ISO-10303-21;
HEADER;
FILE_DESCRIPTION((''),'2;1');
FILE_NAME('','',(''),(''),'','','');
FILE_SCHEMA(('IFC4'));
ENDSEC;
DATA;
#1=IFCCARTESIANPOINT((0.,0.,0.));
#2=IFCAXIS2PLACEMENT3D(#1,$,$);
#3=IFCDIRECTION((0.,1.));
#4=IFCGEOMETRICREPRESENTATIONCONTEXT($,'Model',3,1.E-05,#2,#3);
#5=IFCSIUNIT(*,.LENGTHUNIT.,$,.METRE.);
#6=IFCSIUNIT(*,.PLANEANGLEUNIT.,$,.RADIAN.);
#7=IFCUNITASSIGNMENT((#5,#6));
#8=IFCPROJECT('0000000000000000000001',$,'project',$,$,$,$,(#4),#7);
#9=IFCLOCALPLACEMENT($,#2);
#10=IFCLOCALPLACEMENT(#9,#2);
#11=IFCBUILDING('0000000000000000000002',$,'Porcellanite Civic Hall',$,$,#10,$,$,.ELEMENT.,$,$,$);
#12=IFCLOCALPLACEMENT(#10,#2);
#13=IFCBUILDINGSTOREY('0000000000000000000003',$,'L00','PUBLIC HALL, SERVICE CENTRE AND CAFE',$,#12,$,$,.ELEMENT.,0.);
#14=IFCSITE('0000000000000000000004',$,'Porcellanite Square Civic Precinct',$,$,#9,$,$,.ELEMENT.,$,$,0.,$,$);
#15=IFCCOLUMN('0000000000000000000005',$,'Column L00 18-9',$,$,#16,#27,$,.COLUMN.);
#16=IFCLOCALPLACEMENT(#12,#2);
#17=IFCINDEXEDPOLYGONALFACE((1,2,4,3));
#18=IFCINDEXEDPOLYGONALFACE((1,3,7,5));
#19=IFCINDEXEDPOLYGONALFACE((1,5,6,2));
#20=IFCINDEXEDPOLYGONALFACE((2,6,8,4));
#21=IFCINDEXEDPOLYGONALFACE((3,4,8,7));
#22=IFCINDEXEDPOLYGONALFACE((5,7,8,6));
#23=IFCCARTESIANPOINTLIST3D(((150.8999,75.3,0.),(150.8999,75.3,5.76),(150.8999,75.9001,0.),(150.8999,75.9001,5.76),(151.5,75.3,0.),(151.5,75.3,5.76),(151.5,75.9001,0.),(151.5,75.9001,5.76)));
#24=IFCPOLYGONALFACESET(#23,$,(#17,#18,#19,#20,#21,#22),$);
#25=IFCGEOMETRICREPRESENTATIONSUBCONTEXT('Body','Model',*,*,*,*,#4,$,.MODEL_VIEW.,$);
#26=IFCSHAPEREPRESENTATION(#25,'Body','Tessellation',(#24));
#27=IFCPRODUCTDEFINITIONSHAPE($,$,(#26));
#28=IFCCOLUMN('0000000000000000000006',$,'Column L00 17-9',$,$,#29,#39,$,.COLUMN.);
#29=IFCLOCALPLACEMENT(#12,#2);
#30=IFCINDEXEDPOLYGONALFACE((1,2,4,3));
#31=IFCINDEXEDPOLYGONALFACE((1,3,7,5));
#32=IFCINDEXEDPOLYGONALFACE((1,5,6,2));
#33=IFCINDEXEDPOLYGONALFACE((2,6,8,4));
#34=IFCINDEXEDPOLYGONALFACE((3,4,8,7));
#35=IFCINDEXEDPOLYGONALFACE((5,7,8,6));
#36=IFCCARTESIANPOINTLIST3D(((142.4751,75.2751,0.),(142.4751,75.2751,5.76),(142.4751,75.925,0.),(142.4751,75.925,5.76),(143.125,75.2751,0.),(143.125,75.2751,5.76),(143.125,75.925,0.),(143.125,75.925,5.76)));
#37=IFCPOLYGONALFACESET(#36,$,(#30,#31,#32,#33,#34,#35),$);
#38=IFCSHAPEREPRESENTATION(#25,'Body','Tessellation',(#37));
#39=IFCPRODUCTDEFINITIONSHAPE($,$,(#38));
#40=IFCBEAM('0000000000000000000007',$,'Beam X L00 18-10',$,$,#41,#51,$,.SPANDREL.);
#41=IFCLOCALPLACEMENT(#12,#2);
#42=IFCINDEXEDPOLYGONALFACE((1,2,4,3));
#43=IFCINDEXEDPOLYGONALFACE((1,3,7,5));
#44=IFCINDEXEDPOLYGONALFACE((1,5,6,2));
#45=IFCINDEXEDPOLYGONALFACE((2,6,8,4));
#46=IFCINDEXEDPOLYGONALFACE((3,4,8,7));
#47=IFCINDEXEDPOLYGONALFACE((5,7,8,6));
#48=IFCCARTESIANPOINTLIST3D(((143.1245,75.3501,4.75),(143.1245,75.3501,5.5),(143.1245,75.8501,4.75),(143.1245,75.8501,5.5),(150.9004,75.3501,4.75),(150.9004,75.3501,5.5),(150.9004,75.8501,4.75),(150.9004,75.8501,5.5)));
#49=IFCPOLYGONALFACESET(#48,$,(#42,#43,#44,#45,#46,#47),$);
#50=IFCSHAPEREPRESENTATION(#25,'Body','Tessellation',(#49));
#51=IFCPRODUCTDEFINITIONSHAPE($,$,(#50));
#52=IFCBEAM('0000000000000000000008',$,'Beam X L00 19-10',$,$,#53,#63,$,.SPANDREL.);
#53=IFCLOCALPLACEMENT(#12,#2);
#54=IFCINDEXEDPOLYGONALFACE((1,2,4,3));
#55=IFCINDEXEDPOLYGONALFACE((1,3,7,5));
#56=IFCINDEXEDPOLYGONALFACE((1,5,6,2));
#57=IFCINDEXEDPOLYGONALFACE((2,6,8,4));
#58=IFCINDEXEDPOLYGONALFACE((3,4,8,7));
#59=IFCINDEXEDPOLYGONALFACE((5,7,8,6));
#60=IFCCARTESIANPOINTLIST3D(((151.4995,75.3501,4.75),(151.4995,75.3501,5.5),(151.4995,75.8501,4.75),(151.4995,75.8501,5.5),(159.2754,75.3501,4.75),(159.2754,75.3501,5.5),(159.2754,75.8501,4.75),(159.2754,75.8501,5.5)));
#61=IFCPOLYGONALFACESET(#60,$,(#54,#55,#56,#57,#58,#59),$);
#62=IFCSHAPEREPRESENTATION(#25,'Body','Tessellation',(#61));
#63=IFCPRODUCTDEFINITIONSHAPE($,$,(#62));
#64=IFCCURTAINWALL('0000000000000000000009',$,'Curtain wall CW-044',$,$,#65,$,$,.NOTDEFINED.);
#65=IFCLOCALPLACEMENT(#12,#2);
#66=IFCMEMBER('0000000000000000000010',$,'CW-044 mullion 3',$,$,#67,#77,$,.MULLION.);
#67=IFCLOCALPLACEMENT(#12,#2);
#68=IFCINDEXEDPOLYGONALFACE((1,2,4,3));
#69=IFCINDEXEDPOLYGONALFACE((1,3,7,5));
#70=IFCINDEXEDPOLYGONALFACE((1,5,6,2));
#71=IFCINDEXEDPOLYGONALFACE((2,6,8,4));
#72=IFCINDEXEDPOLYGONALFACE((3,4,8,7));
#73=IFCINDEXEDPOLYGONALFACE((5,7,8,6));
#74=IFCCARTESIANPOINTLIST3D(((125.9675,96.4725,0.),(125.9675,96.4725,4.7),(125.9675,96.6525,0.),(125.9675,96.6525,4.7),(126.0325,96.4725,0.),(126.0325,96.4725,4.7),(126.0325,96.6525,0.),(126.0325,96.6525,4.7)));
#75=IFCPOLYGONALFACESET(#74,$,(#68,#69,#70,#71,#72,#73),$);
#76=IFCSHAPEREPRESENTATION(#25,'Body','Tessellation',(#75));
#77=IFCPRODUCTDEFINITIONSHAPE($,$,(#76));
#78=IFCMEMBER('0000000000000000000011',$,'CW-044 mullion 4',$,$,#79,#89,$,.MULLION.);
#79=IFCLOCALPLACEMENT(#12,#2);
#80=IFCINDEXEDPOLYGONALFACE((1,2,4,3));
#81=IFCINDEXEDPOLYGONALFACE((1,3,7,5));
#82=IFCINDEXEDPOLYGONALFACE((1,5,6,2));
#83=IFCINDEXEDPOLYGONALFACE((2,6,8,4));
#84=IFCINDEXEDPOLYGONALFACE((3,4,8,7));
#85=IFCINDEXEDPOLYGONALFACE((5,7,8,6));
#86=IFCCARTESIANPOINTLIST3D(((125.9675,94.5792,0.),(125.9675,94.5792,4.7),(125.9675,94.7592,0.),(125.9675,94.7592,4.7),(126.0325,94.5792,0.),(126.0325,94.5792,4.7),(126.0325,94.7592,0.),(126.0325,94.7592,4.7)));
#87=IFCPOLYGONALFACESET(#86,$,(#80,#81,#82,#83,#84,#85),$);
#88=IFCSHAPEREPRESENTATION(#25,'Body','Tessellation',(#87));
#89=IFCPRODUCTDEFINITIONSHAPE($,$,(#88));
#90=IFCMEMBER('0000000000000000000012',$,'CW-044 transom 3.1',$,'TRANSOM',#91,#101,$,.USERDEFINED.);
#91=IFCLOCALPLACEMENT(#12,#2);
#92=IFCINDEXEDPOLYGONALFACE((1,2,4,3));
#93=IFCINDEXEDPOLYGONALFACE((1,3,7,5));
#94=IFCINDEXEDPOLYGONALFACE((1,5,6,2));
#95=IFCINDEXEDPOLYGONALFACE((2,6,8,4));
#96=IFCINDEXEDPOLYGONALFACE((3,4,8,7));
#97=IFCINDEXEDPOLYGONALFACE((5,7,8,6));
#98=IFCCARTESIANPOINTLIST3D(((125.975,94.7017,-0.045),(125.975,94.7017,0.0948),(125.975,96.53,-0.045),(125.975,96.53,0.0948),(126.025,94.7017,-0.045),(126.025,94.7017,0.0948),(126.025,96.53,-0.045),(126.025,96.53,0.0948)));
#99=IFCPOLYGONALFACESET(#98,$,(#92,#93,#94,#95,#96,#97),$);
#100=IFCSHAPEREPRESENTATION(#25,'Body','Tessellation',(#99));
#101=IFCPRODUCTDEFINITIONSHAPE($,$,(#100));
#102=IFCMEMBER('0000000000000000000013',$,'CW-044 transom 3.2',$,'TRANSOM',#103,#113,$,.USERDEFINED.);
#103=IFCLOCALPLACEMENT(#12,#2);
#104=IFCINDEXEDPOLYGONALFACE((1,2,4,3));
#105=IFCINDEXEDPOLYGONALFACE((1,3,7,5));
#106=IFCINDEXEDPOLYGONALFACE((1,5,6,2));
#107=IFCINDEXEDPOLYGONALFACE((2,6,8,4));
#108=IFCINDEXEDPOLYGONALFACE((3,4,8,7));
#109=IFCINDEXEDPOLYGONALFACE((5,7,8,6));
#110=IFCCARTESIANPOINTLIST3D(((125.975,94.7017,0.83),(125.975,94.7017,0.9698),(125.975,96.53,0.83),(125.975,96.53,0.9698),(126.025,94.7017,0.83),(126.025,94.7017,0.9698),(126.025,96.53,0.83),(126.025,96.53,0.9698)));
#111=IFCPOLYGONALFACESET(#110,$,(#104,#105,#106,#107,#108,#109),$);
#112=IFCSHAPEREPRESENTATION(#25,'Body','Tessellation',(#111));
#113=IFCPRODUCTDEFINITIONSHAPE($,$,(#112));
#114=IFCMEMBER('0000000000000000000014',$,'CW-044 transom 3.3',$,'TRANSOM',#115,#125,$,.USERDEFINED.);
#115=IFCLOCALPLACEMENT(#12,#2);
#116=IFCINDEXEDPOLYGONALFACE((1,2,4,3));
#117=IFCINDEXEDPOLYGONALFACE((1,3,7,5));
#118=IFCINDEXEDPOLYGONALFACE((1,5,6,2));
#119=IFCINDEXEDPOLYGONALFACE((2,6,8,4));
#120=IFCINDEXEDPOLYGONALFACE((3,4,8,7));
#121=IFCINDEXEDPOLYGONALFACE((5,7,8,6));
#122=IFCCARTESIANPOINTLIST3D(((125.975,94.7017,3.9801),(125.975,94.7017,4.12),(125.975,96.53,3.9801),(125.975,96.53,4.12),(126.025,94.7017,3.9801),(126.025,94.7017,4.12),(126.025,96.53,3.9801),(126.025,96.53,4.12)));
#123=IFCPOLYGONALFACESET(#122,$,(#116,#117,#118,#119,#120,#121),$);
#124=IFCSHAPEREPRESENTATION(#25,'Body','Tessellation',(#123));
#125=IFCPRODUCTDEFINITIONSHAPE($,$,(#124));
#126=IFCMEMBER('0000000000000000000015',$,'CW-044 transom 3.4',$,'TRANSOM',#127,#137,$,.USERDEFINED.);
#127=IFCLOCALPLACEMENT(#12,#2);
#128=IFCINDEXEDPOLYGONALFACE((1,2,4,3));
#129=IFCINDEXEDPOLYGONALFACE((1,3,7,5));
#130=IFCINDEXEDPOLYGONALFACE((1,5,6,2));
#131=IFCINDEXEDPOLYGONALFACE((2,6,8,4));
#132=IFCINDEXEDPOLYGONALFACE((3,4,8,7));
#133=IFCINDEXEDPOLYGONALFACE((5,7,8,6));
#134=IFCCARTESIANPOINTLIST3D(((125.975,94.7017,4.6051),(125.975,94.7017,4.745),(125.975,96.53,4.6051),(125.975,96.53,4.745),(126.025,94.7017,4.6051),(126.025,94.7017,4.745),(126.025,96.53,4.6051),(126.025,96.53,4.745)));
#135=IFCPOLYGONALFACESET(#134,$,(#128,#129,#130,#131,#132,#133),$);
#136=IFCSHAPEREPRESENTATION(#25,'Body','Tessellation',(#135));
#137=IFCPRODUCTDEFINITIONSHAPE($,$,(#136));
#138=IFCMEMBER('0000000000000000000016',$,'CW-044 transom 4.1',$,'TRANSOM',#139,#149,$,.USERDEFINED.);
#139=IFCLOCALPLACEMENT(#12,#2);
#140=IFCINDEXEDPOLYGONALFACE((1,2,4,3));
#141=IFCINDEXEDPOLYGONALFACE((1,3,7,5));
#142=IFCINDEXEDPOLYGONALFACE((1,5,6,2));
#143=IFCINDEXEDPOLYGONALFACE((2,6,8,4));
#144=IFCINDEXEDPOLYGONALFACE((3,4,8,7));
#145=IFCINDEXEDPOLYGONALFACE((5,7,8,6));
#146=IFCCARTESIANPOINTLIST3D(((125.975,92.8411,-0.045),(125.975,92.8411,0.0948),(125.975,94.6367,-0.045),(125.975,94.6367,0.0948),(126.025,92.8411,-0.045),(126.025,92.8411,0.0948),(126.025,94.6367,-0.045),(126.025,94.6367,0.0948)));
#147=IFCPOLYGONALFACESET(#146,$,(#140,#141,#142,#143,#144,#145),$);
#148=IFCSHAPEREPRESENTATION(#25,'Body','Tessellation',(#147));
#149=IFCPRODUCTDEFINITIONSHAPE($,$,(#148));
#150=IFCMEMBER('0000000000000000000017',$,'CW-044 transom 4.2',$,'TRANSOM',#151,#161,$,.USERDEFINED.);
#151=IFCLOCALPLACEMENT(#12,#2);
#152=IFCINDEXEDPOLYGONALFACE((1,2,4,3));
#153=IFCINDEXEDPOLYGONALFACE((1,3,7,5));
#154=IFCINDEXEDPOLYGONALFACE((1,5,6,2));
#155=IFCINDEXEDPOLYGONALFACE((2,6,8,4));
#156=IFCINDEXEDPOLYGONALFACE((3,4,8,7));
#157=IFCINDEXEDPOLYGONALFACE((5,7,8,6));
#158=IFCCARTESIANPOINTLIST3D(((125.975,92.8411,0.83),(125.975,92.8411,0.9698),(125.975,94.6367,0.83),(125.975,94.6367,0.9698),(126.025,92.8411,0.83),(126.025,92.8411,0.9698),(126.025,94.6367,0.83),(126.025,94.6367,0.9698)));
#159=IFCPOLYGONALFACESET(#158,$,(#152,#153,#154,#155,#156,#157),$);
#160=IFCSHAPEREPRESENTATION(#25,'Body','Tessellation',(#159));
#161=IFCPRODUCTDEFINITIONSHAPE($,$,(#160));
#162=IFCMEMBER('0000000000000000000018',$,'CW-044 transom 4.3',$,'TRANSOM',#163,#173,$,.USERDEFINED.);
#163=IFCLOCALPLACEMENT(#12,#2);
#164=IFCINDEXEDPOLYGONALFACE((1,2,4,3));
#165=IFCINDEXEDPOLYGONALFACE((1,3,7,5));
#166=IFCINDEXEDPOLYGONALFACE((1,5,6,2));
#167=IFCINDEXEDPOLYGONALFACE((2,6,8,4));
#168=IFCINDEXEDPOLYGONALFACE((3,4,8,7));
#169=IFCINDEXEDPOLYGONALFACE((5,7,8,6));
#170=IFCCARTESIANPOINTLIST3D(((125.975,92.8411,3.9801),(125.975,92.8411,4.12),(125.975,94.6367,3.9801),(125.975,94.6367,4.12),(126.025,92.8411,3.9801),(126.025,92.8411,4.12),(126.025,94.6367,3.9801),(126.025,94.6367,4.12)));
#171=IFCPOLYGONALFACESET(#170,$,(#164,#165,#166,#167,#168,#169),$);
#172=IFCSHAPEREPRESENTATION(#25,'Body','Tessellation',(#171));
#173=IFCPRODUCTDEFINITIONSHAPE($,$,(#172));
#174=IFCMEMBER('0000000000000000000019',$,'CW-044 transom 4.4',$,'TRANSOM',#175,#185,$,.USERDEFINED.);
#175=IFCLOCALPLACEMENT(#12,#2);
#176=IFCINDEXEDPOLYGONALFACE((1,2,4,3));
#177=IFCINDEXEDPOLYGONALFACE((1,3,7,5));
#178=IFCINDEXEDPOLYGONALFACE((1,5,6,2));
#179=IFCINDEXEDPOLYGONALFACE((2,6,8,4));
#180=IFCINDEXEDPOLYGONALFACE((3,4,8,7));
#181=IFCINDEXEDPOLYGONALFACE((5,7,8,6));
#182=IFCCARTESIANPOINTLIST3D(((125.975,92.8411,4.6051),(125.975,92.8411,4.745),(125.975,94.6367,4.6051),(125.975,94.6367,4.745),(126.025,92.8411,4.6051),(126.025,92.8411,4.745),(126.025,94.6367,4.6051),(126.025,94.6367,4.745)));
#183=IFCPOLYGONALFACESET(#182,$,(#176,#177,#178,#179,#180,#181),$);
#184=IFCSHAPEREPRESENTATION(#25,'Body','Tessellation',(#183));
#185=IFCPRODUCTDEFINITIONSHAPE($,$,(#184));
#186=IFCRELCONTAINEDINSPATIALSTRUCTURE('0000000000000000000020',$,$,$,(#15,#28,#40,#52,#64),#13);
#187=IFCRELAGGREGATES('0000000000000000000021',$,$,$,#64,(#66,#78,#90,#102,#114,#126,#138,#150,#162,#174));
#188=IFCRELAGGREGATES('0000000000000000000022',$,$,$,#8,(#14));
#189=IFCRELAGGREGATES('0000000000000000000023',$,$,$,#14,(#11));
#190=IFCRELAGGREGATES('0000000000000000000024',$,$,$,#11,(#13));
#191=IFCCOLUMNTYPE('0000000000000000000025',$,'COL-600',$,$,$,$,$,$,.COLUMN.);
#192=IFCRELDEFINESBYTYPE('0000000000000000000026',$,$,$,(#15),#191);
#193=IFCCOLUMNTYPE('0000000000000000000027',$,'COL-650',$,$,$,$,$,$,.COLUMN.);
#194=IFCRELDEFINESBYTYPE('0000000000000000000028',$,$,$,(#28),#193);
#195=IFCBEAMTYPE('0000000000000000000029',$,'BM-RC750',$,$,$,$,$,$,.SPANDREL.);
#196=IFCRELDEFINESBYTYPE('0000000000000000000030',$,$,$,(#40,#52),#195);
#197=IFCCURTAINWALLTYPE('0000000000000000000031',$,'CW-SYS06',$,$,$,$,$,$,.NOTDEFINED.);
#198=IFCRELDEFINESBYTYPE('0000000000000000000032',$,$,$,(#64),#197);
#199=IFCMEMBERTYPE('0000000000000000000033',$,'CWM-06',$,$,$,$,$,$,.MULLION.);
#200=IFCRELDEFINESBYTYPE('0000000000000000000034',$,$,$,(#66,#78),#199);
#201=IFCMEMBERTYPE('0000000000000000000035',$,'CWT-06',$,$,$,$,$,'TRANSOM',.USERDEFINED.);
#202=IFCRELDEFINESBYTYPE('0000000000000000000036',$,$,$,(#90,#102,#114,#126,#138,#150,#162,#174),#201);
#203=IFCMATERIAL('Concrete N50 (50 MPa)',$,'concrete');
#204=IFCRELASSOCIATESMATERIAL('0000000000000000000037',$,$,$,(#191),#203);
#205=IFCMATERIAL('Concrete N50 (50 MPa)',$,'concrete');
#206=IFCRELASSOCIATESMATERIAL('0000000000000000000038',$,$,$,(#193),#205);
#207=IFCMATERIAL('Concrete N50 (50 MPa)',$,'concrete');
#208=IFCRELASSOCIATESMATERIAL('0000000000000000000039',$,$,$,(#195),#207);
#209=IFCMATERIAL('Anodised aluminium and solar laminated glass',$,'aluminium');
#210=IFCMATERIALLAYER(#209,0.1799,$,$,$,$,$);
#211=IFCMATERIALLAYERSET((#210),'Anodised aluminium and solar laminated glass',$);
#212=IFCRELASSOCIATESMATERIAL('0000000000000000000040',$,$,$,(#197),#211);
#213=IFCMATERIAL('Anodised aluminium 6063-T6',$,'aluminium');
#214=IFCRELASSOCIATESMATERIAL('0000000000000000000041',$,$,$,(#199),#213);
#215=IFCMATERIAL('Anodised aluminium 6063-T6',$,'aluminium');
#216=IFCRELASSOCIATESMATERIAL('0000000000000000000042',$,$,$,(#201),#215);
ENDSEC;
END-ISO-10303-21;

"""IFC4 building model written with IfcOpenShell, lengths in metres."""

from ifc_helpers import new_model, si_unit, direction, frame, origin, origin_2d, place, context, subcontext, project, spatial, rectangle, extrude, material, layer, layer_set, material_profile, profile_set, type_object, element, aggregate, save


model = new_model("IFC4")

# Units and contexts
model_context = context("Model", 3, precision=1e-05, world=origin(), true_north=direction((0.0, 1.0)))
body_context = subcontext(model_context, "Body", "Model", "MODEL_VIEW")
ifc_project = project(units=[si_unit("LENGTHUNIT", "METRE"), si_unit("PLANEANGLEUNIT", "RADIAN")], contexts=[model_context])

# Site, building, storey
site_placement = place(None, origin())
site = spatial("IfcSite", under=ifc_project, at=site_placement, Name="Porcellanite Square Civic Precinct", CompositionType="ELEMENT", RefElevation=0.0)
building_placement = place(site_placement, origin())
building = spatial("IfcBuilding", under=site, at=building_placement, Name="Porcellanite Civic Hall", CompositionType="ELEMENT")
storey_placement = place(building_placement, origin())
storey = spatial("IfcBuildingStorey", under=building, at=storey_placement, Name="L00", Description="PUBLIC HALL, SERVICE CENTRE AND CAFE", CompositionType="ELEMENT", Elevation=0.0)

# Columns
ifc_material_1 = material(Name="Concrete N50 (50 MPa)", Category="concrete")
ifc_material_profile_1 = material_profile(ifc_material_1, rectangle(XDim=0.6001, YDim=0.6001, at=origin_2d()), Name="RC-600x600")
ifc_profile_set_1 = profile_set([ifc_material_profile_1], Name="Concrete N50 (50 MPa)")
column_type_1 = type_object("IfcColumnType", Name="COL-600", PredefinedType="COLUMN", material=ifc_profile_set_1)
column_1_placement = place(storey_placement, frame((151.2, 75.6001, 0.0), z_axis=(0.0, 0.0, 1.0), x_axis=(1.0, 0.0, 0.0)))
element("IfcColumn", 1, at=column_1_placement, inside=storey, type_object=column_type_1, Name="Column L00 18-9", PredefinedType="COLUMN", context=body_context, shape_type="SweptSolid", body=[
    extrude(rectangle(XDim=0.6001, YDim=0.6001, at=origin_2d()), origin(), (0.0, 0.0, 1.0), 5.76),
])
ifc_material_2 = material(Name="Concrete N50 (50 MPa)", Category="concrete")
ifc_material_profile_2 = material_profile(ifc_material_2, rectangle(XDim=0.6499, YDim=0.6499, at=origin_2d()), Name="RC-650x650")
ifc_profile_set_2 = profile_set([ifc_material_profile_2], Name="Concrete N50 (50 MPa)")
column_type_2 = type_object("IfcColumnType", Name="COL-650", PredefinedType="COLUMN", material=ifc_profile_set_2)
column_2_placement = place(storey_placement, frame((142.8, 75.6001, 0.0), z_axis=(0.0, 0.0, 1.0), x_axis=(1.0, 0.0, 0.0)))
element("IfcColumn", 2, at=column_2_placement, inside=storey, type_object=column_type_2, Name="Column L00 17-9", PredefinedType="COLUMN", context=body_context, shape_type="SweptSolid", body=[
    extrude(rectangle(XDim=0.6499, YDim=0.6499, at=origin_2d()), origin(), (0.0, 0.0, 1.0), 5.76),
])

# Beams
ifc_material_3 = material(Name="Concrete N50 (50 MPa)", Category="concrete")
ifc_material_profile_3 = material_profile(ifc_material_3, rectangle(XDim=0.5, YDim=0.75, at=origin_2d()), Name="RC-500x750")
ifc_profile_set_3 = profile_set([ifc_material_profile_3], Name="Concrete N50 (50 MPa)")
beam_type = type_object("IfcBeamType", Name="BM-RC750", PredefinedType="SPANDREL", material=ifc_profile_set_3)
for number, where, z_axis, x_axis, name in (
    (3, (143.1245, 75.6001, 5.125), (1.0, 0.0, 0.0), (0.0, 1.0, 0.0), "Beam X L00 18-10"),
    (4, (151.4995, 75.6001, 5.125), (1.0, 0.0, 0.0), (0.0, 1.0, 0.0), "Beam X L00 19-10"),
):
    element("IfcBeam", number, at=place(storey_placement, frame(where, z_axis=z_axis, x_axis=x_axis)), inside=storey, type_object=beam_type, Name=name, PredefinedType="SPANDREL", context=body_context, shape_type="SweptSolid", body=[
        extrude(rectangle(XDim=0.5, YDim=0.75, at=origin_2d()), origin(), (0.0, 0.0, 1.0), 7.7759),
    ])

# Curtain wall, members
ifc_material_4 = material(Name="Anodised aluminium and solar laminated glass", Category="aluminium")
ifc_layer_1 = layer(ifc_material_4, 0.1799)
ifc_layer_set_1 = layer_set([ifc_layer_1], Name="Anodised aluminium and solar laminated glass")
curtain_wall_type = type_object("IfcCurtainWallType", Name="CW-SYS06", PredefinedType="NOTDEFINED", material=ifc_layer_set_1)
curtain_wall_placement = place(storey_placement, origin())
curtain_wall = element("IfcCurtainWall", 5, at=curtain_wall_placement, inside=storey, type_object=curtain_wall_type, Name="Curtain wall CW-044", PredefinedType="NOTDEFINED")
ifc_material_5 = material(Name="Anodised aluminium 6063-T6", Category="aluminium")
ifc_material_profile_4 = material_profile(ifc_material_5, rectangle(XDim=0.0649, YDim=0.1799, at=origin_2d()), Name="AL-65x180")
ifc_profile_set_4 = profile_set([ifc_material_profile_4], Name="Anodised aluminium 6063-T6")
member_type_1 = type_object("IfcMemberType", Name="CWM-06", PredefinedType="MULLION", material=ifc_profile_set_4)
member_1_placement = place(storey_placement, frame((126.0, 96.5625, 0.0), z_axis=(0.0, 0.0, 1.0), x_axis=(1.0, 0.0, 0.0)))
member_1 = element("IfcMember", 6, at=member_1_placement, type_object=member_type_1, Name="CW-044 mullion 3", PredefinedType="MULLION", context=body_context, shape_type="SweptSolid", body=[
    extrude(rectangle(XDim=0.0649, YDim=0.1799, at=origin_2d()), origin(), (0.0, 0.0, 1.0), 4.7),
])
member_2_placement = place(storey_placement, frame((126.0, 94.6692, 0.0), z_axis=(0.0, 0.0, 1.0), x_axis=(1.0, 0.0, 0.0)))
member_2 = element("IfcMember", 7, at=member_2_placement, type_object=member_type_1, Name="CW-044 mullion 4", PredefinedType="MULLION", context=body_context, shape_type="SweptSolid", body=[
    extrude(rectangle(XDim=0.0649, YDim=0.1799, at=origin_2d()), origin(), (0.0, 0.0, 1.0), 4.7),
])
ifc_material_6 = material(Name="Anodised aluminium 6063-T6", Category="aluminium")
ifc_material_profile_5 = material_profile(ifc_material_6, rectangle(XDim=0.05, YDim=0.1399, at=origin_2d()), Name="AL-50x140")
ifc_profile_set_5 = profile_set([ifc_material_profile_5], Name="Anodised aluminium 6063-T6")
member_type_2 = type_object("IfcMemberType", Name="CWT-06", ElementType="TRANSOM", PredefinedType="USERDEFINED", material=ifc_profile_set_5)
member_3_placement = place(storey_placement, frame((126.0, 96.53, 0.0249), z_axis=(0.0, -1.0, 0.0), x_axis=(1.0, 0.0, 0.0)))
member_3 = element("IfcMember", 8, at=member_3_placement, type_object=member_type_2, Name="CW-044 transom 3.1", ObjectType="TRANSOM", PredefinedType="USERDEFINED", context=body_context, shape_type="SweptSolid", body=[
    extrude(rectangle(XDim=0.05, YDim=0.1399, at=origin_2d()), origin(), (0.0, 0.0, 1.0), 1.8284),
])
member_4_placement = place(storey_placement, frame((126.0, 96.53, 0.8999), z_axis=(0.0, -1.0, 0.0), x_axis=(1.0, 0.0, 0.0)))
member_4 = element("IfcMember", 9, at=member_4_placement, type_object=member_type_2, Name="CW-044 transom 3.2", ObjectType="TRANSOM", PredefinedType="USERDEFINED", context=body_context, shape_type="SweptSolid", body=[
    extrude(rectangle(XDim=0.05, YDim=0.1399, at=origin_2d()), origin(), (0.0, 0.0, 1.0), 1.8284),
])
member_5_placement = place(storey_placement, frame((126.0, 96.53, 4.05), z_axis=(0.0, -1.0, 0.0), x_axis=(1.0, 0.0, 0.0)))
member_5 = element("IfcMember", 10, at=member_5_placement, type_object=member_type_2, Name="CW-044 transom 3.3", ObjectType="TRANSOM", PredefinedType="USERDEFINED", context=body_context, shape_type="SweptSolid", body=[
    extrude(rectangle(XDim=0.05, YDim=0.1399, at=origin_2d()), origin(), (0.0, 0.0, 1.0), 1.8284),
])
member_6_placement = place(storey_placement, frame((126.0, 96.53, 4.675), z_axis=(0.0, -1.0, 0.0), x_axis=(1.0, 0.0, 0.0)))
member_6 = element("IfcMember", 11, at=member_6_placement, type_object=member_type_2, Name="CW-044 transom 3.4", ObjectType="TRANSOM", PredefinedType="USERDEFINED", context=body_context, shape_type="SweptSolid", body=[
    extrude(rectangle(XDim=0.05, YDim=0.1399, at=origin_2d()), origin(), (0.0, 0.0, 1.0), 1.8284),
])
member_7_placement = place(storey_placement, frame((126.0, 94.6367, 0.0249), z_axis=(0.0, -1.0, 0.0), x_axis=(1.0, 0.0, 0.0)))
member_7 = element("IfcMember", 12, at=member_7_placement, type_object=member_type_2, Name="CW-044 transom 4.1", ObjectType="TRANSOM", PredefinedType="USERDEFINED", context=body_context, shape_type="SweptSolid", body=[
    extrude(rectangle(XDim=0.05, YDim=0.1399, at=origin_2d()), origin(), (0.0, 0.0, 1.0), 1.7957),
])
member_8_placement = place(storey_placement, frame((126.0, 94.6367, 0.8999), z_axis=(0.0, -1.0, 0.0), x_axis=(1.0, 0.0, 0.0)))
member_8 = element("IfcMember", 13, at=member_8_placement, type_object=member_type_2, Name="CW-044 transom 4.2", ObjectType="TRANSOM", PredefinedType="USERDEFINED", context=body_context, shape_type="SweptSolid", body=[
    extrude(rectangle(XDim=0.05, YDim=0.1399, at=origin_2d()), origin(), (0.0, 0.0, 1.0), 1.7957),
])
member_9_placement = place(storey_placement, frame((126.0, 94.6367, 4.05), z_axis=(0.0, -1.0, 0.0), x_axis=(1.0, 0.0, 0.0)))
member_9 = element("IfcMember", 14, at=member_9_placement, type_object=member_type_2, Name="CW-044 transom 4.3", ObjectType="TRANSOM", PredefinedType="USERDEFINED", context=body_context, shape_type="SweptSolid", body=[
    extrude(rectangle(XDim=0.05, YDim=0.1399, at=origin_2d()), origin(), (0.0, 0.0, 1.0), 1.7957),
])
member_10_placement = place(storey_placement, frame((126.0, 94.6367, 4.675), z_axis=(0.0, -1.0, 0.0), x_axis=(1.0, 0.0, 0.0)))
member_10 = element("IfcMember", 15, at=member_10_placement, type_object=member_type_2, Name="CW-044 transom 4.4", ObjectType="TRANSOM", PredefinedType="USERDEFINED", context=body_context, shape_type="SweptSolid", body=[
    extrude(rectangle(XDim=0.05, YDim=0.1399, at=origin_2d()), origin(), (0.0, 0.0, 1.0), 1.7957),
])

aggregate(curtain_wall, [member_1, member_2, member_3, member_4, member_5, member_6, member_7, member_8, member_9, member_10])

save(model, "model.ifc")
